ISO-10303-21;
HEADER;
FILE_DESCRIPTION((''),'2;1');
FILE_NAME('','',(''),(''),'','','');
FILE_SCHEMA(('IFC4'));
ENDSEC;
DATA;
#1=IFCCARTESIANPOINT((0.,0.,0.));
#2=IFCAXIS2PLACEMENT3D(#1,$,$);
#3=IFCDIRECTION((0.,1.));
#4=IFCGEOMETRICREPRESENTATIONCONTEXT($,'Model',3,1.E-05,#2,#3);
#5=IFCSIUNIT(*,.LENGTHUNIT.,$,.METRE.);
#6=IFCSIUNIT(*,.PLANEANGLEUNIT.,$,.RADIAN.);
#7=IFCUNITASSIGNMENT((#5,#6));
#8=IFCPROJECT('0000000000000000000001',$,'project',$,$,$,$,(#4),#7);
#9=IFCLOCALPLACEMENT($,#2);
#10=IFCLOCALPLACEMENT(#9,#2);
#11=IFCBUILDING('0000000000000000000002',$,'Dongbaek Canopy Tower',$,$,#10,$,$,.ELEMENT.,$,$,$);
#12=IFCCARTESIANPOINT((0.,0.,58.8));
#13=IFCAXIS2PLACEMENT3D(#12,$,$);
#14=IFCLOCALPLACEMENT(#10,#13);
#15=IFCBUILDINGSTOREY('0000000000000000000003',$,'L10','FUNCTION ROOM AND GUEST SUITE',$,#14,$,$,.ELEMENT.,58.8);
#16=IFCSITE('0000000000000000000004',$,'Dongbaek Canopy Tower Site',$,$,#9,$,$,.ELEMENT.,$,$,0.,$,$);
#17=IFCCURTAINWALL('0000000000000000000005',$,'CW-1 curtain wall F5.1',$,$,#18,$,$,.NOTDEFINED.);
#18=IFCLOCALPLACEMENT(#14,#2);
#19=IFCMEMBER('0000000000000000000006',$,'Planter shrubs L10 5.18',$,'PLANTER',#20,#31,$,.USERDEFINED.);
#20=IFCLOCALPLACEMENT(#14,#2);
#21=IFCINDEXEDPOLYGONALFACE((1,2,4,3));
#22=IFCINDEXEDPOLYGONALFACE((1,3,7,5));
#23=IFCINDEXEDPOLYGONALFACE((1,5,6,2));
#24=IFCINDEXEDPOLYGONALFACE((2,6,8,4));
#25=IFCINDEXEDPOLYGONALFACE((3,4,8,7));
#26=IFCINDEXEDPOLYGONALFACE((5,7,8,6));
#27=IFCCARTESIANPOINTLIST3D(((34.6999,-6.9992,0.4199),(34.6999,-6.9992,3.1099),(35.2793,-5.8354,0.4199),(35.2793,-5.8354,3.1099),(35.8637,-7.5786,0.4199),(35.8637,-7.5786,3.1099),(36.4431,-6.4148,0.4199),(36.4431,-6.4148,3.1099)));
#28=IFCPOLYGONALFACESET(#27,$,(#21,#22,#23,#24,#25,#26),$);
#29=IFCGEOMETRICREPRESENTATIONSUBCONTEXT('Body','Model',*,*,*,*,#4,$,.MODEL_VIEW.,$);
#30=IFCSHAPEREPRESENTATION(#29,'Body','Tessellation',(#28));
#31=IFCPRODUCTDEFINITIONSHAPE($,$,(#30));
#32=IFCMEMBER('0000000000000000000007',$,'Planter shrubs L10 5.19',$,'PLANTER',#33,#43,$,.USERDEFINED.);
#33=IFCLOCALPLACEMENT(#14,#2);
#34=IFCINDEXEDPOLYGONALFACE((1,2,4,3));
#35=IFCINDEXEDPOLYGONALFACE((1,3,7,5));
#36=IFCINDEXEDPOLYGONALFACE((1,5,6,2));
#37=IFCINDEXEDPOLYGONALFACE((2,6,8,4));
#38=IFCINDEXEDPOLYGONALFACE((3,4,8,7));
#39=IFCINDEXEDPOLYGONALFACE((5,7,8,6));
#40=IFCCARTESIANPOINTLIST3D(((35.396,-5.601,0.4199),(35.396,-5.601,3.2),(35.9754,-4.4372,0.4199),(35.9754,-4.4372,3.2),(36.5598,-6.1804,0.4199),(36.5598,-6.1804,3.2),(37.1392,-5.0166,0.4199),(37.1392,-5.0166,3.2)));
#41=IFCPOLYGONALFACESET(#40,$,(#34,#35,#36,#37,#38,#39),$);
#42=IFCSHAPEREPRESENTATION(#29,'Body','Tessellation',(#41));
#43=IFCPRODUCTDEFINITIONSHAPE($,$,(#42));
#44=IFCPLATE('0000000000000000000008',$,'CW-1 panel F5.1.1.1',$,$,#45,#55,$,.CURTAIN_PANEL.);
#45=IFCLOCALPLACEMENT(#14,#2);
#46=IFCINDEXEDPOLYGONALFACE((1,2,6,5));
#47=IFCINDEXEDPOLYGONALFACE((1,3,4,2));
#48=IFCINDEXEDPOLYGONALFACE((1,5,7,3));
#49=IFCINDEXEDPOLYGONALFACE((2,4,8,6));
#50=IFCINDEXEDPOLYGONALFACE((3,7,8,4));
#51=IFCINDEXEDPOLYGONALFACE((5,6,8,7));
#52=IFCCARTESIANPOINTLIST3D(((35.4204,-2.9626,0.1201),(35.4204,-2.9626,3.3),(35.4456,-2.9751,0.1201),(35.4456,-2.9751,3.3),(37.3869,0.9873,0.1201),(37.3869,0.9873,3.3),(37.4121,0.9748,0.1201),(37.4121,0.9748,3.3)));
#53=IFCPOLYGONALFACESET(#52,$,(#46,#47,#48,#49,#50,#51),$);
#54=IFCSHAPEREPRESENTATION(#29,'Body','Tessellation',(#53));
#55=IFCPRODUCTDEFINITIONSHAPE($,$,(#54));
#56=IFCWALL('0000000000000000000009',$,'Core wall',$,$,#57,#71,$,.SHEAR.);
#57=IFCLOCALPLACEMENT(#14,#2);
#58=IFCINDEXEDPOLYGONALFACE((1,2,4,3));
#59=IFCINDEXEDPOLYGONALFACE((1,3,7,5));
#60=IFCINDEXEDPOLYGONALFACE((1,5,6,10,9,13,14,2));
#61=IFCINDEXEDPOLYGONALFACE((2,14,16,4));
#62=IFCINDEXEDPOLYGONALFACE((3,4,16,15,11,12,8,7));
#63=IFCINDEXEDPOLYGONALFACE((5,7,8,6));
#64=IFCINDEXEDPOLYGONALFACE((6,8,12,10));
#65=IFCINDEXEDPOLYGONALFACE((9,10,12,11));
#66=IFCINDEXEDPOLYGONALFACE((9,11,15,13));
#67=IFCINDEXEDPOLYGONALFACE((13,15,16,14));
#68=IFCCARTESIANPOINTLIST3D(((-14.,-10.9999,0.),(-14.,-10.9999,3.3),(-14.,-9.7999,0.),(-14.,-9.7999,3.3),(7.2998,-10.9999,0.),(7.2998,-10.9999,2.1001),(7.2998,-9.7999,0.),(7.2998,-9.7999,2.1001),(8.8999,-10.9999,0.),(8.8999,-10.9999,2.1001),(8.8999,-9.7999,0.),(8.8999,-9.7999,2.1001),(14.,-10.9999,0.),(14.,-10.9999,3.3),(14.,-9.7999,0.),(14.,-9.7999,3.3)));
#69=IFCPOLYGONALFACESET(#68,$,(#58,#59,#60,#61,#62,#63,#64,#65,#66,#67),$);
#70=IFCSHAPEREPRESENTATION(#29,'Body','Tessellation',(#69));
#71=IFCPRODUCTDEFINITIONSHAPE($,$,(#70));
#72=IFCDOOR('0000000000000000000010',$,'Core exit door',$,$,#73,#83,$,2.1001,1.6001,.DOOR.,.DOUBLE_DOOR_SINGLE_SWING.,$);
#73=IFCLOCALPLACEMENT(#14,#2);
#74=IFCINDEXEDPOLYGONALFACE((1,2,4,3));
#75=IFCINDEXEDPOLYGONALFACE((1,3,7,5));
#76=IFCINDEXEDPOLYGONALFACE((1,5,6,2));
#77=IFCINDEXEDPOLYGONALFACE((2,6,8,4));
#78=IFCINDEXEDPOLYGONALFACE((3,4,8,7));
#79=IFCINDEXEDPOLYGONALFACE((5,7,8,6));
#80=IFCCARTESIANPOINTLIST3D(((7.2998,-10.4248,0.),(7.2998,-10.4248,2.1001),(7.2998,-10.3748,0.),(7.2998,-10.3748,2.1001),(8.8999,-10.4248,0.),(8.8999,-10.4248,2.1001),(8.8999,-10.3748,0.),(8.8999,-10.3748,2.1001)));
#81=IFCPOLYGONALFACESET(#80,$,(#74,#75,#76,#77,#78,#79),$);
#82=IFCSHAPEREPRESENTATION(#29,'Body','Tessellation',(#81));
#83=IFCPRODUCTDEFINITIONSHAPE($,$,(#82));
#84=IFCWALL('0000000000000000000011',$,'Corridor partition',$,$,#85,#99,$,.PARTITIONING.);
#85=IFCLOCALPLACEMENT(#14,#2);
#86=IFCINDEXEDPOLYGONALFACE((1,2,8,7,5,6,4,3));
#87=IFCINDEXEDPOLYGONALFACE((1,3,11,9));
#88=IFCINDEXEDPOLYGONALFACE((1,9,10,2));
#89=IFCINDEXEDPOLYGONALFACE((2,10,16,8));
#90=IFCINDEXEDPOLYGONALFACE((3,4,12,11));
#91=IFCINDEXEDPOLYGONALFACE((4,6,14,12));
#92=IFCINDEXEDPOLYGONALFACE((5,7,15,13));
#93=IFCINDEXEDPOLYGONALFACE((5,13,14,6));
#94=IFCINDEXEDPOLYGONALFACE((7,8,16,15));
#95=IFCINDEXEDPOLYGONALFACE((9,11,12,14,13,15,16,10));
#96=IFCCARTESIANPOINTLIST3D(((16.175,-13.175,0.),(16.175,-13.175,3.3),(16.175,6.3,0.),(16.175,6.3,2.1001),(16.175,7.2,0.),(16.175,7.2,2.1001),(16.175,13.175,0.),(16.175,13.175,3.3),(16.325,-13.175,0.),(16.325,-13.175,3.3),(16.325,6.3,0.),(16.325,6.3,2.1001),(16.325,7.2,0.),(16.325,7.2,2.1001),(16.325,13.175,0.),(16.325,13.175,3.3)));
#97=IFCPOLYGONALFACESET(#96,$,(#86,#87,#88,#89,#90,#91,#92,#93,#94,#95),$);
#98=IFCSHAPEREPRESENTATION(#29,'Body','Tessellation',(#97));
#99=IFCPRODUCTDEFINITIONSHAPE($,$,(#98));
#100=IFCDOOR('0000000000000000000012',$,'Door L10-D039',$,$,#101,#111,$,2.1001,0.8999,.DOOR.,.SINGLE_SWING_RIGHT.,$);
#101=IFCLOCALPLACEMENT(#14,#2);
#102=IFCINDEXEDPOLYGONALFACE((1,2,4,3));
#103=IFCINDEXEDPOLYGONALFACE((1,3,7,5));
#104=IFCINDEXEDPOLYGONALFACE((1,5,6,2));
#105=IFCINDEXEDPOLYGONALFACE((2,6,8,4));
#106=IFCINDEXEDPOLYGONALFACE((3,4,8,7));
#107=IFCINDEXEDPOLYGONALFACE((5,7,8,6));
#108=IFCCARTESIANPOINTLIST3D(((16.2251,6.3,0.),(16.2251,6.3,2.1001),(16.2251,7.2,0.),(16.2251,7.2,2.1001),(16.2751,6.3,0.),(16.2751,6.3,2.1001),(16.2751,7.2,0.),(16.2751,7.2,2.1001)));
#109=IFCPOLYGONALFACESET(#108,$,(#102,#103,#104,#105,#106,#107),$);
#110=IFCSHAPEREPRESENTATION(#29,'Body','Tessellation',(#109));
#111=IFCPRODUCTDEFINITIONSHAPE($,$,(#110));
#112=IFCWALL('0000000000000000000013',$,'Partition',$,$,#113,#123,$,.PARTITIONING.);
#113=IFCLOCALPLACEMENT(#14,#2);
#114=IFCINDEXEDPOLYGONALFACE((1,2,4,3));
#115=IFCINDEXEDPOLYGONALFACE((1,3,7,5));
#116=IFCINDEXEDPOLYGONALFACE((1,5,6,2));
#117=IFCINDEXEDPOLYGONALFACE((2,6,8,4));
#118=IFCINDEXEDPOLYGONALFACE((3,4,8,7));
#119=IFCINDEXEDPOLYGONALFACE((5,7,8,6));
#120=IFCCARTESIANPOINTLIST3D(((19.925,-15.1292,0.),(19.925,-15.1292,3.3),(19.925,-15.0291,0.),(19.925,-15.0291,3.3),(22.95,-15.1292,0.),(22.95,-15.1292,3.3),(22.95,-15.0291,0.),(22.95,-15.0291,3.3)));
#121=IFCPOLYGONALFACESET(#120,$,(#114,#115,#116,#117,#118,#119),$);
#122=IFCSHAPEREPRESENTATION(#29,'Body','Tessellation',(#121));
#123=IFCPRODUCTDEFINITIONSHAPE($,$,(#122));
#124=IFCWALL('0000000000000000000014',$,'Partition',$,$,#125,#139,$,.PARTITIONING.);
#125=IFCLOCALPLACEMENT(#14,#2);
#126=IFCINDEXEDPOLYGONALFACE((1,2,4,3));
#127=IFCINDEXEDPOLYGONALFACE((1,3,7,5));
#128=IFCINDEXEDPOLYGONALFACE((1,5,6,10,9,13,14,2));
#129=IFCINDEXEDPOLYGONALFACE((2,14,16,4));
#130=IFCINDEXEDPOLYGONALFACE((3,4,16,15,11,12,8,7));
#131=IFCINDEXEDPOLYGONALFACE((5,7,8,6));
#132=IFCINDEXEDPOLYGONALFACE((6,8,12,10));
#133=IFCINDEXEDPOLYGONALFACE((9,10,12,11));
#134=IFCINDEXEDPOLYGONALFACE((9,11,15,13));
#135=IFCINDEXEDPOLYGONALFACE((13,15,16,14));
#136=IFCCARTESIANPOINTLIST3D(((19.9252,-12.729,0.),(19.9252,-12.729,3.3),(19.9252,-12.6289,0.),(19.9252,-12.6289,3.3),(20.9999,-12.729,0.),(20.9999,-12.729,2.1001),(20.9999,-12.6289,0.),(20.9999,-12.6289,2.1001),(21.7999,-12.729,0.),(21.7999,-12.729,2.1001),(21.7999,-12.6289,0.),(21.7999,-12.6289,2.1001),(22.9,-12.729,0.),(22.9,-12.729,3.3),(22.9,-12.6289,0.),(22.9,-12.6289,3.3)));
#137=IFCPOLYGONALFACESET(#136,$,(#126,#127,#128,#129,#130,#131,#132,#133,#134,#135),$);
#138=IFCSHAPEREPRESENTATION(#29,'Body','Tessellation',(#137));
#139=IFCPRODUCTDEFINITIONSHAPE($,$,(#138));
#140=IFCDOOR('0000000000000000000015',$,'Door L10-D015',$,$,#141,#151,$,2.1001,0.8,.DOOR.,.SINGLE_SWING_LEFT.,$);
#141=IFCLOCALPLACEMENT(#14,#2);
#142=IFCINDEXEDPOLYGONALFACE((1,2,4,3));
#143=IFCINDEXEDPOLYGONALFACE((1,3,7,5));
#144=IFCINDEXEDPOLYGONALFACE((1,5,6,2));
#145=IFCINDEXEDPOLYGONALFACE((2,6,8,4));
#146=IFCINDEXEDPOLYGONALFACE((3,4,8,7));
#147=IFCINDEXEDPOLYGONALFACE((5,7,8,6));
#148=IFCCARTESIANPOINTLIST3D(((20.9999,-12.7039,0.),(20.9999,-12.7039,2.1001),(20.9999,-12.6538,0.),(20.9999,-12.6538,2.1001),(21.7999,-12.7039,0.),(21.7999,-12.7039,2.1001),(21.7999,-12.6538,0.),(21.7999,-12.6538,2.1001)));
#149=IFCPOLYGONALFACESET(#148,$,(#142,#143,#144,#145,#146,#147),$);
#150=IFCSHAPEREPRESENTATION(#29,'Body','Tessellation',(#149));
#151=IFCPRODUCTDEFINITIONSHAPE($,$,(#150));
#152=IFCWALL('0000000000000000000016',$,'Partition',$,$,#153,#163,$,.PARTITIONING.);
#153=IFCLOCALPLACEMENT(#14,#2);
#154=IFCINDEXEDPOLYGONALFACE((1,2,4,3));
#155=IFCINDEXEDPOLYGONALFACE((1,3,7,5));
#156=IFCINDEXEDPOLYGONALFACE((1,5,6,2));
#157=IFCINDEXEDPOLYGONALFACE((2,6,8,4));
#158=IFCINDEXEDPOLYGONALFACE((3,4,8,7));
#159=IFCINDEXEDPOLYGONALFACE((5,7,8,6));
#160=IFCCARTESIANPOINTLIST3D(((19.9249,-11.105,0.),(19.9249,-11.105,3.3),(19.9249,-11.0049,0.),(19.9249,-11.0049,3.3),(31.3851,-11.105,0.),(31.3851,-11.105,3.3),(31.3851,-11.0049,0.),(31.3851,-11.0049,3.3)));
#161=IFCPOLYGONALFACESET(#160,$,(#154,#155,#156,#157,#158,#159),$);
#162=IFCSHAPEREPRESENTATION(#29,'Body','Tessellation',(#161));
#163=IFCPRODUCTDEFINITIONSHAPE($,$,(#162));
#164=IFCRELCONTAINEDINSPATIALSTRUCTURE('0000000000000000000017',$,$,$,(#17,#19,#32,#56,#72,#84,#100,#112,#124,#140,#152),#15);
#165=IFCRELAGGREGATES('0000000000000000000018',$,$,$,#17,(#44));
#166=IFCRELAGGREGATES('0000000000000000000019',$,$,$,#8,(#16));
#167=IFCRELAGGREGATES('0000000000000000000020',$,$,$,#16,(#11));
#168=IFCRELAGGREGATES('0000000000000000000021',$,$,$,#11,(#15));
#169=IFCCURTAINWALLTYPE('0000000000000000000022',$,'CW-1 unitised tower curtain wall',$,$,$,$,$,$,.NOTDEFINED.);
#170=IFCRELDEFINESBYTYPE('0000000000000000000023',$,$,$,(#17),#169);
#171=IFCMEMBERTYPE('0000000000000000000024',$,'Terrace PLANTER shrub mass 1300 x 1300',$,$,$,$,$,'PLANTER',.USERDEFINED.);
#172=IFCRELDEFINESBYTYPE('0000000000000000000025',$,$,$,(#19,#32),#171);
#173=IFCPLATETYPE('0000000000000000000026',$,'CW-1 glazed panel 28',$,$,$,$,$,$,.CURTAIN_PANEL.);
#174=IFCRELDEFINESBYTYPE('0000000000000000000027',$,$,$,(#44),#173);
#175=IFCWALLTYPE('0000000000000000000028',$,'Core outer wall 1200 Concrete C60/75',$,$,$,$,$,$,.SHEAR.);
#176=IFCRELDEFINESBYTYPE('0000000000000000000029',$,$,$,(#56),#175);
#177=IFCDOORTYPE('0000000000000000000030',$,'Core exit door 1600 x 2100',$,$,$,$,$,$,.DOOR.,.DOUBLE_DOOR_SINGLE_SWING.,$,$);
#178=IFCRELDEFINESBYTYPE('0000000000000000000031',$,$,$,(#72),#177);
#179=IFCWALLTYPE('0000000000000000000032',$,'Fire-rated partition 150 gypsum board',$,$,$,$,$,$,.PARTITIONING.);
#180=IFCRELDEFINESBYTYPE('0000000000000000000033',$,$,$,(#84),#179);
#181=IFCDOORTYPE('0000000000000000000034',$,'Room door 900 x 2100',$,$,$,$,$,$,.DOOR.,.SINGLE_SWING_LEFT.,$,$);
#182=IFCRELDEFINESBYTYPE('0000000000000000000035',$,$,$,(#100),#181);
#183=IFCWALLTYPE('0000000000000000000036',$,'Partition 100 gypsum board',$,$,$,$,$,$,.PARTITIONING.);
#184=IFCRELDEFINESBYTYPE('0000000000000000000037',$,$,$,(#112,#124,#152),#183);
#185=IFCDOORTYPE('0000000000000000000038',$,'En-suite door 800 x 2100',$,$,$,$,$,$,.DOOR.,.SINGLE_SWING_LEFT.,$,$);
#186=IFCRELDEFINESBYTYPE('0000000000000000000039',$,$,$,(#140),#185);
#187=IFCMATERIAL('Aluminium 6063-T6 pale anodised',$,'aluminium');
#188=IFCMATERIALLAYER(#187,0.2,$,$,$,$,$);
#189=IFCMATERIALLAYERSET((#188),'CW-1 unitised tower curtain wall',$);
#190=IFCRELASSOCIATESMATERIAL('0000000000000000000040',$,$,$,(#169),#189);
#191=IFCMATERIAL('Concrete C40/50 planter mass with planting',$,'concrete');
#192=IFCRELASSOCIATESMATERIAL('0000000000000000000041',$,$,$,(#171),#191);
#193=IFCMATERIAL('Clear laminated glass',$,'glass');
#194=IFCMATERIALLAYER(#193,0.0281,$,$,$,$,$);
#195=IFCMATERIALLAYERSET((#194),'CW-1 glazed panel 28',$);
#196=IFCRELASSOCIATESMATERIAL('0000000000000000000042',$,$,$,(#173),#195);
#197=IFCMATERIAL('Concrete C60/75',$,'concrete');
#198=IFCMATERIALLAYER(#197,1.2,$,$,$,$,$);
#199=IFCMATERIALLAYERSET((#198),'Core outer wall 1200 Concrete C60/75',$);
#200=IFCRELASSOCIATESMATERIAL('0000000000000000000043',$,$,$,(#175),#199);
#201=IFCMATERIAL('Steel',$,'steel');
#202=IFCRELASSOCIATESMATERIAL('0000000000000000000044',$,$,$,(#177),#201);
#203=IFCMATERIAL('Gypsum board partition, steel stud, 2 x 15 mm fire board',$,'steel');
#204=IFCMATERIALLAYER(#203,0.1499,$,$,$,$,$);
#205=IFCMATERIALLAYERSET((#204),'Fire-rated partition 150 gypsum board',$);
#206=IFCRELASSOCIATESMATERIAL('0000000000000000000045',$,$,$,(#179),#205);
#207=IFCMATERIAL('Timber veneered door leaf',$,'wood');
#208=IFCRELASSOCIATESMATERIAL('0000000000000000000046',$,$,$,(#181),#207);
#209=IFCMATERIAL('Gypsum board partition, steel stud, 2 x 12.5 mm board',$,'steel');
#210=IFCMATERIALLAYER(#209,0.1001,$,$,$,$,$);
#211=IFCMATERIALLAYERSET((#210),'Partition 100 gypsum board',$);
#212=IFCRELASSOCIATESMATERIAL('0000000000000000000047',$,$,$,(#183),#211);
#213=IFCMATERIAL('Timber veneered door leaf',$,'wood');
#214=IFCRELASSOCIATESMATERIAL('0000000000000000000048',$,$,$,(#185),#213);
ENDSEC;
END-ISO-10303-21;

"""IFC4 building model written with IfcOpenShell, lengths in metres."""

from ifc_helpers import new_model, si_unit, direction, frame, frame_2d, origin, origin_2d, place, context, subcontext, project, spatial, rectangle, extrude, material, layer, layer_set, material_profile, profile_set, type_object, element, fill, aggregate, save


model = new_model("IFC4")

# Units and contexts
model_context = context("Model", 3, precision=1e-05, world=origin(), true_north=direction((0.0, 1.0)))
body_context = subcontext(model_context, "Body", "Model", "MODEL_VIEW")
ifc_project = project(units=[si_unit("LENGTHUNIT", "METRE"), si_unit("PLANEANGLEUNIT", "RADIAN")], contexts=[model_context])

# Site, building, storey
site_placement = place(None, origin())
site = spatial("IfcSite", under=ifc_project, at=site_placement, Name="Dongbaek Canopy Tower Site", CompositionType="ELEMENT", RefElevation=0.0)
building_placement = place(site_placement, origin())
building = spatial("IfcBuilding", under=site, at=building_placement, Name="Dongbaek Canopy Tower", CompositionType="ELEMENT")
storey_placement = place(building_placement, frame((0.0, 0.0, 58.8)))
storey = spatial("IfcBuildingStorey", under=building, at=storey_placement, Name="L10", Description="FUNCTION ROOM AND GUEST SUITE", CompositionType="ELEMENT", Elevation=58.8)

# Curtain wall
ifc_material_1 = material(Name="Aluminium 6063-T6 pale anodised", Category="aluminium")
ifc_layer_1 = layer(ifc_material_1, 0.2)
ifc_layer_set_1 = layer_set([ifc_layer_1], Name="CW-1 unitised tower curtain wall")
curtain_wall_type = type_object("IfcCurtainWallType", Name="CW-1 unitised tower curtain wall", PredefinedType="NOTDEFINED", material=ifc_layer_set_1)
curtain_wall_placement = place(storey_placement, origin())
curtain_wall = element("IfcCurtainWall", 1, at=curtain_wall_placement, inside=storey, type_object=curtain_wall_type, Name="CW-1 curtain wall F5.1", PredefinedType="NOTDEFINED")

# Members
ifc_material_2 = material(Name="Concrete C40/50 planter mass with planting", Category="concrete")
ifc_material_profile_1 = material_profile(ifc_material_2, rectangle(XDim=1.3, YDim=1.3, at=origin_2d()), Name="Terrace PLANTER shrub mass 1300 x 1300")
ifc_profile_set_1 = profile_set([ifc_material_profile_1], Name="Concrete C40/50 planter mass with planting")
member_type_1 = type_object("IfcMemberType", Name="Terrace PLANTER shrub mass 1300 x 1300", ElementType="PLANTER", PredefinedType="USERDEFINED", material=ifc_profile_set_1)
member_1_placement = place(storey_placement, frame((35.5715, -6.707, 0.4199), z_axis=(0.0, 0.0, 1.0), x_axis=(0.895193, -0.445678, 0.0)))
element("IfcMember", 2, at=member_1_placement, inside=storey, type_object=member_type_1, Name="Planter shrubs L10 5.18", ObjectType="PLANTER", PredefinedType="USERDEFINED", context=body_context, shape_type="SweptSolid", body=[
    extrude(rectangle(XDim=1.3, YDim=1.3, at=origin_2d()), origin(), (0.0, 0.0, 1.0), 2.6899),
])
member_2_placement = place(storey_placement, frame((36.2676, -5.3088, 0.4199), z_axis=(0.0, 0.0, 1.0), x_axis=(0.895193, -0.445678, 0.0)))
element("IfcMember", 3, at=member_2_placement, inside=storey, type_object=member_type_1, Name="Planter shrubs L10 5.19", ObjectType="PLANTER", PredefinedType="USERDEFINED", context=body_context, shape_type="SweptSolid", body=[
    extrude(rectangle(XDim=1.3, YDim=1.3, at=origin_2d()), origin(), (0.0, 0.0, 1.0), 2.78),
])

# Plate
ifc_material_3 = material(Name="Clear laminated glass", Category="glass")
ifc_layer_2 = layer(ifc_material_3, 0.0281)
ifc_layer_set_2 = layer_set([ifc_layer_2], Name="CW-1 glazed panel 28")
plate_type = type_object("IfcPlateType", Name="CW-1 glazed panel 28", PredefinedType="CURTAIN_PANEL", material=ifc_layer_set_2)
plate_placement = place(storey_placement, frame((36.4163, -0.9939, 0.1201), z_axis=(0.0, 0.0, 1.0), x_axis=(0.445678, 0.895193, 0.0)))
plate = element("IfcPlate", 4, at=plate_placement, type_object=plate_type, Name="CW-1 panel F5.1.1.1", PredefinedType="CURTAIN_PANEL", context=body_context, shape_type="SweptSolid", body=[
    extrude(rectangle(XDim=4.4124, YDim=0.0281, at=origin_2d()), origin(), (0.0, 0.0, 1.0), 3.1799),
])
aggregate(curtain_wall, [plate])

# Walls, openings, doors
ifc_material_4 = material(Name="Concrete C60/75", Category="concrete")
ifc_layer_3 = layer(ifc_material_4, 1.2)
ifc_layer_set_3 = layer_set([ifc_layer_3], Name="Core outer wall 1200 Concrete C60/75")
wall_type_1 = type_object("IfcWallType", Name="Core outer wall 1200 Concrete C60/75", PredefinedType="SHEAR", material=ifc_layer_set_3)
wall_1_placement = place(storey_placement, frame((14.0, -10.3999, 0.0), z_axis=(0.0, 0.0, 1.0), x_axis=(-1.0, 0.0, 0.0)))
wall_1 = element("IfcWall", 5, at=wall_1_placement, inside=storey, type_object=wall_type_1, Name="Core wall", PredefinedType="SHEAR", context=body_context, shape_type="SweptSolid", body=[
    extrude(rectangle(XDim=28.0, YDim=1.2, at=frame_2d((14.0, 0.0))), origin(), (0.0, 0.0, 1.0), 3.3),
])
opening_1_placement = place(wall_1_placement, frame((5.1001, 0.0, 0.0)))
opening_1 = element("IfcOpeningElement", 6, at=opening_1_placement, cuts=wall_1, PredefinedType="OPENING", context=body_context, shape_type="SweptSolid", body=[
    extrude(rectangle(XDim=1.6001, YDim=2.1001, at=frame_2d((0.8, 1.05))), frame((0.0, 0.6099, 0.0), z_axis=(0.0, -1.0, 0.0), x_axis=(1.0, 0.0, 0.0)), (0.0, 0.0, 1.0), 1.22),
])
ifc_material_5 = material(Name="Steel", Category="steel")
door_type_1 = type_object("IfcDoorType", Name="Core exit door 1600 x 2100", OperationType="DOUBLE_DOOR_SINGLE_SWING", PredefinedType="DOOR", material=ifc_material_5)
door_1_placement = place(opening_1_placement, origin())
door_1 = element("IfcDoor", 7, at=door_1_placement, inside=storey, type_object=door_type_1, Name="Core exit door", OperationType="DOUBLE_DOOR_SINGLE_SWING", OverallHeight=2.1001, OverallWidth=1.6001, PredefinedType="DOOR", context=body_context, shape_type="SweptSolid", body=[
    extrude(rectangle(XDim=1.6001, YDim=2.1001, at=frame_2d((0.8, 1.05))), frame((0.0, 0.0249, 0.0), z_axis=(0.0, -1.0, 0.0), x_axis=(1.0, 0.0, 0.0)), (0.0, 0.0, 1.0), 0.05),
])
fill(opening_1, door_1)
ifc_material_6 = material(Name="Gypsum board partition, steel stud, 2 x 15 mm fire board", Category="steel")
ifc_layer_4 = layer(ifc_material_6, 0.1499)
ifc_layer_set_4 = layer_set([ifc_layer_4], Name="Fire-rated partition 150 gypsum board")
wall_type_2 = type_object("IfcWallType", Name="Fire-rated partition 150 gypsum board", PredefinedType="PARTITIONING", material=ifc_layer_set_4)
wall_2_placement = place(storey_placement, frame((16.25, -13.175, 0.0), z_axis=(0.0, 0.0, 1.0), x_axis=(0.0, 1.0, 0.0)))
wall_2 = element("IfcWall", 8, at=wall_2_placement, inside=storey, type_object=wall_type_2, Name="Corridor partition", PredefinedType="PARTITIONING", context=body_context, shape_type="SweptSolid", body=[
    extrude(rectangle(XDim=26.3501, YDim=0.1499, at=frame_2d((13.175, 0.0))), origin(), (0.0, 0.0, 1.0), 3.3),
])
opening_2_placement = place(wall_2_placement, frame((19.4751, 0.0, 0.0)))
opening_2 = element("IfcOpeningElement", 9, at=opening_2_placement, cuts=wall_2, PredefinedType="OPENING", context=body_context, shape_type="SweptSolid", body=[
    extrude(rectangle(XDim=0.8999, YDim=2.1001, at=frame_2d((0.45, 1.05))), frame((0.0, 0.085, 0.0), z_axis=(0.0, -1.0, 0.0), x_axis=(1.0, 0.0, 0.0)), (0.0, 0.0, 1.0), 0.1699),
])
ifc_material_7 = material(Name="Timber veneered door leaf", Category="wood")
door_type_2 = type_object("IfcDoorType", Name="Room door 900 x 2100", OperationType="SINGLE_SWING_LEFT", PredefinedType="DOOR", material=ifc_material_7)
door_2_placement = place(opening_2_placement, origin())
door_2 = element("IfcDoor", 10, at=door_2_placement, inside=storey, type_object=door_type_2, Name="Door L10-D039", OperationType="SINGLE_SWING_RIGHT", OverallHeight=2.1001, OverallWidth=0.8999, PredefinedType="DOOR", context=body_context, shape_type="SweptSolid", body=[
    extrude(rectangle(XDim=0.8999, YDim=2.1001, at=frame_2d((0.45, 1.05))), frame((0.0, 0.0249, 0.0), z_axis=(0.0, -1.0, 0.0), x_axis=(1.0, 0.0, 0.0)), (0.0, 0.0, 1.0), 0.05),
])
fill(opening_2, door_2)

# Wall
ifc_material_8 = material(Name="Gypsum board partition, steel stud, 2 x 12.5 mm board", Category="steel")
ifc_layer_5 = layer(ifc_material_8, 0.1001)
ifc_layer_set_5 = layer_set([ifc_layer_5], Name="Partition 100 gypsum board")
wall_type_3 = type_object("IfcWallType", Name="Partition 100 gypsum board", PredefinedType="PARTITIONING", material=ifc_layer_set_5)
wall_3_placement = place(storey_placement, frame((19.925, -15.0791, 0.0), z_axis=(0.0, 0.0, 1.0), x_axis=(1.0, 0.0, 0.0)))
element("IfcWall", 11, at=wall_3_placement, inside=storey, type_object=wall_type_3, Name="Partition", PredefinedType="PARTITIONING", context=body_context, shape_type="SweptSolid", body=[
    extrude(rectangle(XDim=3.0249, YDim=0.1001, at=frame_2d((1.5125, 0.0))), origin(), (0.0, 0.0, 1.0), 3.3),
])

# Wall, opening, door
wall_4_placement = place(storey_placement, frame((22.8999, -12.679, 0.0), z_axis=(0.0, 0.0, 1.0), x_axis=(-1.0, 0.0, 0.0)))
wall_4 = element("IfcWall", 12, at=wall_4_placement, inside=storey, type_object=wall_type_3, Name="Partition", PredefinedType="PARTITIONING", context=body_context, shape_type="SweptSolid", body=[
    extrude(rectangle(XDim=2.9749, YDim=0.1001, at=frame_2d((1.4873, 0.0))), origin(), (0.0, 0.0, 1.0), 3.3),
])
opening_3_placement = place(wall_4_placement, frame((1.1001, 0.0, 0.0)))
opening_3 = element("IfcOpeningElement", 13, at=opening_3_placement, cuts=wall_4, PredefinedType="OPENING", context=body_context, shape_type="SweptSolid", body=[
    extrude(rectangle(XDim=0.8, YDim=2.1001, at=frame_2d((0.3999, 1.05))), frame((0.0, 0.0601, 0.0), z_axis=(0.0, -1.0, 0.0), x_axis=(1.0, 0.0, 0.0)), (0.0, 0.0, 1.0), 0.1201),
])
ifc_material_9 = material(Name="Timber veneered door leaf", Category="wood")
door_type_3 = type_object("IfcDoorType", Name="En-suite door 800 x 2100", OperationType="SINGLE_SWING_LEFT", PredefinedType="DOOR", material=ifc_material_9)
door_3_placement = place(opening_3_placement, origin())
door_3 = element("IfcDoor", 14, at=door_3_placement, inside=storey, type_object=door_type_3, Name="Door L10-D015", OperationType="SINGLE_SWING_LEFT", OverallHeight=2.1001, OverallWidth=0.8, PredefinedType="DOOR", context=body_context, shape_type="SweptSolid", body=[
    extrude(rectangle(XDim=0.8, YDim=2.1001, at=frame_2d((0.3999, 1.05))), frame((0.0, 0.0249, 0.0), z_axis=(0.0, -1.0, 0.0), x_axis=(1.0, 0.0, 0.0)), (0.0, 0.0, 1.0), 0.05),
])
fill(opening_3, door_3)

# Wall
wall_5_placement = place(storey_placement, frame((19.925, -11.0549, 0.0), z_axis=(0.0, 0.0, 1.0), x_axis=(1.0, 0.0, 0.0)))
element("IfcWall", 15, at=wall_5_placement, inside=storey, type_object=wall_type_3, Name="Partition", PredefinedType="PARTITIONING", context=body_context, shape_type="SweptSolid", body=[
    extrude(rectangle(XDim=11.4602, YDim=0.1001, at=frame_2d((5.73, 0.0))), origin(), (0.0, 0.0, 1.0), 3.3),
])

save(model, "model.ifc")
